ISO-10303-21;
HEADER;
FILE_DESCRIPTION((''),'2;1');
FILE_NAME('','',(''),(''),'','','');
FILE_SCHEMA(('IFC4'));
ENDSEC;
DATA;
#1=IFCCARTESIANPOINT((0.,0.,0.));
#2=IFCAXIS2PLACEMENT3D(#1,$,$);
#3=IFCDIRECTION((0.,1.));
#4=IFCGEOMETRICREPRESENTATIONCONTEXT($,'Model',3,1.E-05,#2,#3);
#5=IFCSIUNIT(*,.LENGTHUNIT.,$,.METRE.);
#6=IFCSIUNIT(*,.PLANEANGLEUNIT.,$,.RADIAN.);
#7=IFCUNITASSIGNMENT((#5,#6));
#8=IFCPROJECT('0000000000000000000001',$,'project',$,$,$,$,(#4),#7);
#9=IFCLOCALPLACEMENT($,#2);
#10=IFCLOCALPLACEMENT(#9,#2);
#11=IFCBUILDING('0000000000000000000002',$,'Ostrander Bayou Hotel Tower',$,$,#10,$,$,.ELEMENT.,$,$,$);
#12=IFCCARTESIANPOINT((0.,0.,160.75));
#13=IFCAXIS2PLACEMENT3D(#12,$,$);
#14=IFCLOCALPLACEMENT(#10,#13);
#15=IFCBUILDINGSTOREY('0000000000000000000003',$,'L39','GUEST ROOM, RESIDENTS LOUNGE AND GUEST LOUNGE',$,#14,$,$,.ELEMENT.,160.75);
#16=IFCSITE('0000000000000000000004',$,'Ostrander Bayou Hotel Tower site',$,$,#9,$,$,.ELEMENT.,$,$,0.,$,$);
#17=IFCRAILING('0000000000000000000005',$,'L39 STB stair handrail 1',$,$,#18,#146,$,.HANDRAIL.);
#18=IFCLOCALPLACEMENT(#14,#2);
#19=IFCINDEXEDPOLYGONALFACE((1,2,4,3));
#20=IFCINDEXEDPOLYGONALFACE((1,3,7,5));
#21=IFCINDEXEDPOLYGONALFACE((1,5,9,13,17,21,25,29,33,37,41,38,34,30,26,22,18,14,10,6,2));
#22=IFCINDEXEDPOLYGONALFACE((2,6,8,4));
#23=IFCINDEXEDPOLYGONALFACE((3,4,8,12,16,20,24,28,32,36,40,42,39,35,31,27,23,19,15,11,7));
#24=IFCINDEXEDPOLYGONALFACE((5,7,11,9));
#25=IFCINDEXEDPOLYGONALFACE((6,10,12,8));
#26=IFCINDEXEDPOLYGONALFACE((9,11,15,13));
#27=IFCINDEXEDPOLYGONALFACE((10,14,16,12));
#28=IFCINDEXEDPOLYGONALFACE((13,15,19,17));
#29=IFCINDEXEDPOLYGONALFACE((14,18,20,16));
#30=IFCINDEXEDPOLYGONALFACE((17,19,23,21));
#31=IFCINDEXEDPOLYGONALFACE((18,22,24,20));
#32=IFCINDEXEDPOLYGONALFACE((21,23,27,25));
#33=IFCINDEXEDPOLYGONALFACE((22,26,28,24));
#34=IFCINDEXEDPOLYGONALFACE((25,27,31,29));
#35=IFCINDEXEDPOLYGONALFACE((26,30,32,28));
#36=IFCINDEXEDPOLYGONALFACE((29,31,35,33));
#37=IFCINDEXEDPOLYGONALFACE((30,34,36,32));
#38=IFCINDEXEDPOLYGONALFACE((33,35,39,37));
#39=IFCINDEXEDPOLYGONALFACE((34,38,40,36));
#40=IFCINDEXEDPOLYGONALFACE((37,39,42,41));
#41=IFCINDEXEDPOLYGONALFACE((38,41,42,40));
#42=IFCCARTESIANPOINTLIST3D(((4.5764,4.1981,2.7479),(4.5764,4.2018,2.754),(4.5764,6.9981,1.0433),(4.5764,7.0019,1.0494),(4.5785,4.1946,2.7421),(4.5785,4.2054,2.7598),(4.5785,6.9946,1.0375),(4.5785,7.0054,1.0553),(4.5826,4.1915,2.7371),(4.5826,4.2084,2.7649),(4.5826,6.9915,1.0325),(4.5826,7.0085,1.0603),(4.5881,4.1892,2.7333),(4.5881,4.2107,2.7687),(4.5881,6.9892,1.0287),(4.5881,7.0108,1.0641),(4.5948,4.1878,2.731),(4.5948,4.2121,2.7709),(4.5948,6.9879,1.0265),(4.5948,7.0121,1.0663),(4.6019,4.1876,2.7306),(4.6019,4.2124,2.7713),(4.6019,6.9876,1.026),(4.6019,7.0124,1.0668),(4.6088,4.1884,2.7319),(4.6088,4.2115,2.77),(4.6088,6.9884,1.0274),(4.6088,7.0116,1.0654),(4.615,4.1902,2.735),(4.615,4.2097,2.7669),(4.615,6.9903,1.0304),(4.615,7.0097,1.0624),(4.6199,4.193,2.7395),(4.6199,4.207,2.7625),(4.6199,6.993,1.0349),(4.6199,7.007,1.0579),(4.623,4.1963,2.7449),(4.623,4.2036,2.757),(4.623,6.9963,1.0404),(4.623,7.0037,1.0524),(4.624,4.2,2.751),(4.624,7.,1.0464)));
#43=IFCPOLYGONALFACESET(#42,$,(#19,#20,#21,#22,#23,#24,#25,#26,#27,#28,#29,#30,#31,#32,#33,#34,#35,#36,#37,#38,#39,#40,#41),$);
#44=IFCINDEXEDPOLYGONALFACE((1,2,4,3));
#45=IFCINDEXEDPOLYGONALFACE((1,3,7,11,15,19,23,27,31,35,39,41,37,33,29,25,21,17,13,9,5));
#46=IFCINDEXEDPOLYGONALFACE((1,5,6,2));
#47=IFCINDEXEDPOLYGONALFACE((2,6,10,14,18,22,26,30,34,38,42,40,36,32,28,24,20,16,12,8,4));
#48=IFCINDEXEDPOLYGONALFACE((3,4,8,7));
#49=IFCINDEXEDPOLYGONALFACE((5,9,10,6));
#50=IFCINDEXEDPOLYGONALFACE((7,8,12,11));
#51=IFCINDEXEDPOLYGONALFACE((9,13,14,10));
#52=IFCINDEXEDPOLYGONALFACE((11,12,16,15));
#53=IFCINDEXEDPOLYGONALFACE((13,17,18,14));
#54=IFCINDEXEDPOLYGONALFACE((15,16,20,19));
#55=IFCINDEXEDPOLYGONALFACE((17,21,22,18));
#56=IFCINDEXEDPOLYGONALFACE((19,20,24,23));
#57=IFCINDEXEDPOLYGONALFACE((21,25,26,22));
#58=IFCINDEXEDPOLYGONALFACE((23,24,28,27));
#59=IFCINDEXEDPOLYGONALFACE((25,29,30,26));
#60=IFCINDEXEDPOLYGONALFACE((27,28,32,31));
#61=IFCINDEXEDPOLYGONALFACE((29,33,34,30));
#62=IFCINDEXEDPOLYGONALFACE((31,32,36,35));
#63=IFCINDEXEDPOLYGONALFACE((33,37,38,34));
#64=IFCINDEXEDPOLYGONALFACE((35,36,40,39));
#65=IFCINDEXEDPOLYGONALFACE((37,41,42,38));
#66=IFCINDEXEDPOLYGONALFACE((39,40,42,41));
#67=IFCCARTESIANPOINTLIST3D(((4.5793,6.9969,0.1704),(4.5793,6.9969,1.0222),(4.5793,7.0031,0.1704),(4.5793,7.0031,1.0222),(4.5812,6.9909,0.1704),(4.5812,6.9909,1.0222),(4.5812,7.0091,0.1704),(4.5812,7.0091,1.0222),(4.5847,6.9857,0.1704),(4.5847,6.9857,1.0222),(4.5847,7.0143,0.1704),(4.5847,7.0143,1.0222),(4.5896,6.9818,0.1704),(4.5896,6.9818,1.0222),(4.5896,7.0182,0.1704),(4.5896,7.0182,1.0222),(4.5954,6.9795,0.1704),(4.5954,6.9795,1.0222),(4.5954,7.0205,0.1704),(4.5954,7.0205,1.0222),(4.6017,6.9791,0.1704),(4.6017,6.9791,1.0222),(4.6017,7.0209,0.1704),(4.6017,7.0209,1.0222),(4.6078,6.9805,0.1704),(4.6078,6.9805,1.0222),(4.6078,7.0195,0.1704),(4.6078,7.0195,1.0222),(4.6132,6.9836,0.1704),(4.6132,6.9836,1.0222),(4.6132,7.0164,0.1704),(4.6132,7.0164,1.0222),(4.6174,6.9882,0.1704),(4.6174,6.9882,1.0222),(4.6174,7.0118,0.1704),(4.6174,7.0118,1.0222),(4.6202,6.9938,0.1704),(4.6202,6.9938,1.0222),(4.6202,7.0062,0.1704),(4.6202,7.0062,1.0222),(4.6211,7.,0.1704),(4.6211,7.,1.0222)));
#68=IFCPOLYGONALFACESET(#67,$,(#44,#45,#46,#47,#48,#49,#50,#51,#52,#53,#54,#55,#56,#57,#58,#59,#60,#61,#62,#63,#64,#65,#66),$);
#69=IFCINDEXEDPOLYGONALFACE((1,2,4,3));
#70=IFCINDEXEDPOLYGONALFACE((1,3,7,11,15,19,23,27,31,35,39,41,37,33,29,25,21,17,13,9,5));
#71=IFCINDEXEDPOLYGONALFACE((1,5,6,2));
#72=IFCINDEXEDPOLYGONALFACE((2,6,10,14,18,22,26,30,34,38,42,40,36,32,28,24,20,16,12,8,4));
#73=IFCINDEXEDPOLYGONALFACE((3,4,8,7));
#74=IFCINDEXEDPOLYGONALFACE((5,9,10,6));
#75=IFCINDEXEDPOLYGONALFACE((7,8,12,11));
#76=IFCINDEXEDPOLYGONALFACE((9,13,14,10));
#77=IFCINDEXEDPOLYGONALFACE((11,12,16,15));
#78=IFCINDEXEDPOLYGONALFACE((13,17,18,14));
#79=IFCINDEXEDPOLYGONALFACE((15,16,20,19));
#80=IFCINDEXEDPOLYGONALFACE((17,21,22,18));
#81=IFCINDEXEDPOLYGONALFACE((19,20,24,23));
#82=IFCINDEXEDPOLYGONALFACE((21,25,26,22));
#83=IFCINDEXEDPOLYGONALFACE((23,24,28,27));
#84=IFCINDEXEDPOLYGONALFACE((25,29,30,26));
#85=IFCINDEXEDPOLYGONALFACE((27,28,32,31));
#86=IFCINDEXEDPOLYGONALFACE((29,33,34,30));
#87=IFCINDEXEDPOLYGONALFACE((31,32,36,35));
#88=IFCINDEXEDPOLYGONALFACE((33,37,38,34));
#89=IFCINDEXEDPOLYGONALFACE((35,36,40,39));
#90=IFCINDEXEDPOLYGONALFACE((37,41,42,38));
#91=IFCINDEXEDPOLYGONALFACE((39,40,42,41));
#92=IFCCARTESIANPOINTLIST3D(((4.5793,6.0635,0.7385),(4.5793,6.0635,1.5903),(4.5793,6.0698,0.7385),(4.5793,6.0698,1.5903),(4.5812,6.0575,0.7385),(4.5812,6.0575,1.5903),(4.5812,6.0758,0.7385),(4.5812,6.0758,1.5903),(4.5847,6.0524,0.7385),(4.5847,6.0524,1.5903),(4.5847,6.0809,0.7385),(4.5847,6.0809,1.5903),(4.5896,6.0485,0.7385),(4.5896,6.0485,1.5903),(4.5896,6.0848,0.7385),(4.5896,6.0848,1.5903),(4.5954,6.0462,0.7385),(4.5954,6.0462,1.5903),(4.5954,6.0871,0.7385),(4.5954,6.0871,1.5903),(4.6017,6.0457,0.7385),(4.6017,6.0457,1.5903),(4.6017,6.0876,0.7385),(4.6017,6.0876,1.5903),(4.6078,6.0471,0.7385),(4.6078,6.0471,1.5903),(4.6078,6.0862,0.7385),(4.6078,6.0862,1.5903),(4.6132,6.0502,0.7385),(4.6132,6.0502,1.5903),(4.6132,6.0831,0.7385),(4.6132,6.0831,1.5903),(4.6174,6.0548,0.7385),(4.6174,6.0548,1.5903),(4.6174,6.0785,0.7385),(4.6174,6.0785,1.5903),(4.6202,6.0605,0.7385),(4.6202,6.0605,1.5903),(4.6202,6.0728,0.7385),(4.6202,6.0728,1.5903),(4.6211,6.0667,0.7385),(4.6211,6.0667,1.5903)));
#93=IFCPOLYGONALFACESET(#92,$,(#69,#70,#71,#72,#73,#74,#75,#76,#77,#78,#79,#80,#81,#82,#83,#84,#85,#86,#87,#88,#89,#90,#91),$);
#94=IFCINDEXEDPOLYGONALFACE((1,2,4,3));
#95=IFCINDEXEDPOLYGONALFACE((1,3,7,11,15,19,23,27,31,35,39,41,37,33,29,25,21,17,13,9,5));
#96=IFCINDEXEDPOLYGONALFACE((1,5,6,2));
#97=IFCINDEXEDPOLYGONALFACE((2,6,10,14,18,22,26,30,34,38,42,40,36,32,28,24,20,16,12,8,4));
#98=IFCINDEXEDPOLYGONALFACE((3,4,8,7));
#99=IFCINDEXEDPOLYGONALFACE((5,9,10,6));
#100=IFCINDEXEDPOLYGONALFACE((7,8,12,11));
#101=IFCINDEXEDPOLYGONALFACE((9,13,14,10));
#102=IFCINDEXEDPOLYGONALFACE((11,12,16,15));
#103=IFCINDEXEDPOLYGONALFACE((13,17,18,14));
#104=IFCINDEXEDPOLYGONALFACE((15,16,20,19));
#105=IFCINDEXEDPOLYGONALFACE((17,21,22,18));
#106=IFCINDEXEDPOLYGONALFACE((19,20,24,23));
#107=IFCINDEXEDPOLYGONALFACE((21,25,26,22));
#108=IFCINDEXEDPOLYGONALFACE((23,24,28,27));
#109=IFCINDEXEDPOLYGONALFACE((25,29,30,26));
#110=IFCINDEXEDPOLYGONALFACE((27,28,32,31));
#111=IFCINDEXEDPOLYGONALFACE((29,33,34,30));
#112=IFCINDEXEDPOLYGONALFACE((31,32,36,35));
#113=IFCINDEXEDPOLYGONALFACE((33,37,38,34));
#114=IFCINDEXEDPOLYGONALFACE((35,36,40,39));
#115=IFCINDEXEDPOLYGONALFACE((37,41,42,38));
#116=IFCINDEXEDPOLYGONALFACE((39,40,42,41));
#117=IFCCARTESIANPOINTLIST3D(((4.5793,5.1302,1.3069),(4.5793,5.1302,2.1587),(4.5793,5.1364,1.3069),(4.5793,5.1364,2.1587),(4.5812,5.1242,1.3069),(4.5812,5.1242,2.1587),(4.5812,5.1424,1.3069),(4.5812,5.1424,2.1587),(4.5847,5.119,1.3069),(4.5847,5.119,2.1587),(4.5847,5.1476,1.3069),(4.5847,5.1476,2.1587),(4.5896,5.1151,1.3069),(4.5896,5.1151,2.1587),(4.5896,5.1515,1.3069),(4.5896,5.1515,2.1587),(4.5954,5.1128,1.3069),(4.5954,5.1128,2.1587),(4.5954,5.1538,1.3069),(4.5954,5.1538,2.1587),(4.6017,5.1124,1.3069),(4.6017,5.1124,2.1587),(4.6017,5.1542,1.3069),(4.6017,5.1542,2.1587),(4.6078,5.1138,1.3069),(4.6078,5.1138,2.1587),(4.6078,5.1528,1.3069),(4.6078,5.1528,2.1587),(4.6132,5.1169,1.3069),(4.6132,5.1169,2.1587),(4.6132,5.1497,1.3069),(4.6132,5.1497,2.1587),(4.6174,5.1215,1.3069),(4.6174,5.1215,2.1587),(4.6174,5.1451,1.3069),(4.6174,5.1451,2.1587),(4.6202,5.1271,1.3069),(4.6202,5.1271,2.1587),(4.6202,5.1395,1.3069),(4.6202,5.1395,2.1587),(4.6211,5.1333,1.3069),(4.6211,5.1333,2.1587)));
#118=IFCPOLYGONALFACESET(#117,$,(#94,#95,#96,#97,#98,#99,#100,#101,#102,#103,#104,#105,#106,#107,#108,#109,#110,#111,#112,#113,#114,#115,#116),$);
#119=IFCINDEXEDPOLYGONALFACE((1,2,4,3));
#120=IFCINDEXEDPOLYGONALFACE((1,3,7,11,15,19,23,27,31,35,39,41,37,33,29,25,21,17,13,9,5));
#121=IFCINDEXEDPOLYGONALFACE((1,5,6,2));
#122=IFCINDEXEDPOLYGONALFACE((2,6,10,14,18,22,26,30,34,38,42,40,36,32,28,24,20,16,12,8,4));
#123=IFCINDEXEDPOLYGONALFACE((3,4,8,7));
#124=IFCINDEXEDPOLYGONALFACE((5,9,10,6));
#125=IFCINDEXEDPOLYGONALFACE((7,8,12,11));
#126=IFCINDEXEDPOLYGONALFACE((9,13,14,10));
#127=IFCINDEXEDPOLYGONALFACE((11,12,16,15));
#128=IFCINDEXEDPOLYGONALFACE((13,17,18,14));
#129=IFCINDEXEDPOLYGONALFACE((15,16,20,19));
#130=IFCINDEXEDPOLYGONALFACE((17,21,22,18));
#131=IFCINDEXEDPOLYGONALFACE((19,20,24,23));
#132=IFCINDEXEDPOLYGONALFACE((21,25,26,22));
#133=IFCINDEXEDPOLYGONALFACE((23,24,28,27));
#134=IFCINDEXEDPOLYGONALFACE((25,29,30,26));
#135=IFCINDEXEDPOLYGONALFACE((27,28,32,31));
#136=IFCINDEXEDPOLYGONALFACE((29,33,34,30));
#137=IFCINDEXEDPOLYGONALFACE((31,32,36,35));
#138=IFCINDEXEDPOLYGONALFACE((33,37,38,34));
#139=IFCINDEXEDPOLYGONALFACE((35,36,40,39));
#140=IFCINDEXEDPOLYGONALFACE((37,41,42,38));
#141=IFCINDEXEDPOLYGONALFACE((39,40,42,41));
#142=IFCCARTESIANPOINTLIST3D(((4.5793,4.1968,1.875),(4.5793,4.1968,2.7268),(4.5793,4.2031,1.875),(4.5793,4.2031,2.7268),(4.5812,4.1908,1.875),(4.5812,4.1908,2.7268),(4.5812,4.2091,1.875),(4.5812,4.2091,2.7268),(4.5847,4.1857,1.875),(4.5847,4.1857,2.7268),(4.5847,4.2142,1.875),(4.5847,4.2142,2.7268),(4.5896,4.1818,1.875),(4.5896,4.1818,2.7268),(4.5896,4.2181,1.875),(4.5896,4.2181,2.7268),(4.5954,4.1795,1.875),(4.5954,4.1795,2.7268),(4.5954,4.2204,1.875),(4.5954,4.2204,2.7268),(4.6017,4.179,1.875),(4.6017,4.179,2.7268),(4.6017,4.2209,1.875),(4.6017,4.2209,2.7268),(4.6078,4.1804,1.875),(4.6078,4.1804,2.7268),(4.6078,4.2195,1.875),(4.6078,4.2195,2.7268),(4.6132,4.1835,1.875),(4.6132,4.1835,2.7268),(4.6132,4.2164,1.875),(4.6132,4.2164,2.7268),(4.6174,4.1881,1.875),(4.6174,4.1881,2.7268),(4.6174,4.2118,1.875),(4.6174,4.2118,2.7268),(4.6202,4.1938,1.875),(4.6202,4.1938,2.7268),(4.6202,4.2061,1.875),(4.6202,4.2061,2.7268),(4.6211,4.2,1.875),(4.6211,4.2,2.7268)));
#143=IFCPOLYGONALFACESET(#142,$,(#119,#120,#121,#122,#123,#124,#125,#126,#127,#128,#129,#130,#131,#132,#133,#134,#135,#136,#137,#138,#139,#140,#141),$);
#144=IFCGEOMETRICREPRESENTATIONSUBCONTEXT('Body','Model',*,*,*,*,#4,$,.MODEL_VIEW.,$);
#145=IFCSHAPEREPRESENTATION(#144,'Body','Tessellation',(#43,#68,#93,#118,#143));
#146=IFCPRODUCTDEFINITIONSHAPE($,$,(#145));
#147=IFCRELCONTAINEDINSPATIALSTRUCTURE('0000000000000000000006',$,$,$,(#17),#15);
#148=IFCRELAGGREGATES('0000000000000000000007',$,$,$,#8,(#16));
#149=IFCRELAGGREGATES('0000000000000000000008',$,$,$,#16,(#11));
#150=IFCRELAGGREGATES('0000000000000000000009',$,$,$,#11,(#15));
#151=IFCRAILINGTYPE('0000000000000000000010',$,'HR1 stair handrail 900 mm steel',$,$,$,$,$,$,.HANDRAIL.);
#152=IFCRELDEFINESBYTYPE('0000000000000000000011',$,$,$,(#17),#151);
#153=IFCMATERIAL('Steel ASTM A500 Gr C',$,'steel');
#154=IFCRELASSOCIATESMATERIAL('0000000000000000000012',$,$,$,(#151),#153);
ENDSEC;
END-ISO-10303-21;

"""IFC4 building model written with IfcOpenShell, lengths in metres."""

from ifc_helpers import new_model, si_unit, direction, frame, origin, origin_2d, place, context, subcontext, project, spatial, circle, extrude, material, type_object, element, save


model = new_model("IFC4")

# Units and contexts
model_context = context("Model", 3, precision=1e-05, world=origin(), true_north=direction((0.0, 1.0)))
body_context = subcontext(model_context, "Body", "Model", "MODEL_VIEW")
ifc_project = project(units=[si_unit("LENGTHUNIT", "METRE"), si_unit("PLANEANGLEUNIT", "RADIAN")], contexts=[model_context])

# Site, building, storey
site_placement = place(None, origin())
site = spatial("IfcSite", under=ifc_project, at=site_placement, Name="Ostrander Bayou Hotel Tower site", CompositionType="ELEMENT", RefElevation=0.0)
building_placement = place(site_placement, origin())
building = spatial("IfcBuilding", under=site, at=building_placement, Name="Ostrander Bayou Hotel Tower", CompositionType="ELEMENT")
storey_placement = place(building_placement, frame((0.0, 0.0, 160.75)))
storey = spatial("IfcBuildingStorey", under=building, at=storey_placement, Name="L39", Description="GUEST ROOM, RESIDENTS LOUNGE AND GUEST LOUNGE", CompositionType="ELEMENT", Elevation=160.75)

# Railing
ifc_material_1 = material(Name="Steel ASTM A500 Gr C", Category="steel")
railing_type_1 = type_object("IfcRailingType", Name="HR1 stair handrail 900 mm steel", PredefinedType="HANDRAIL", material=ifc_material_1)
railing_1_placement = place(storey_placement, frame((4.6001, 7.0, 0.1704)))
element("IfcRailing", 1, at=railing_1_placement, inside=storey, type_object=railing_type_1, Name="L39 STB stair handrail 1", PredefinedType="HANDRAIL", context=body_context, shape_type="SweptSolid", body=[
    extrude(circle(Radius=0.0239, at=origin_2d()), frame((0.0, 0.0, 0.876), z_axis=(0.0, -0.85417, 0.519994), x_axis=(1.0, 0.0, 0.0)), (0.0, 0.0, 1.0), 3.2781),
    extrude(circle(Radius=0.021, at=origin_2d()), origin(), (0.0, 0.0, 1.0), 0.8518),
    extrude(circle(Radius=0.021, at=origin_2d()), frame((0.0, -0.9333, 0.5681)), (0.0, 0.0, 1.0), 0.8518),
    extrude(circle(Radius=0.021, at=origin_2d()), frame((0.0, -1.8667, 1.1365)), (0.0, 0.0, 1.0), 0.8518),
    extrude(circle(Radius=0.021, at=origin_2d()), frame((0.0, -2.8, 1.7046)), (0.0, 0.0, 1.0), 0.8518),
])

save(model, "model.ifc")
